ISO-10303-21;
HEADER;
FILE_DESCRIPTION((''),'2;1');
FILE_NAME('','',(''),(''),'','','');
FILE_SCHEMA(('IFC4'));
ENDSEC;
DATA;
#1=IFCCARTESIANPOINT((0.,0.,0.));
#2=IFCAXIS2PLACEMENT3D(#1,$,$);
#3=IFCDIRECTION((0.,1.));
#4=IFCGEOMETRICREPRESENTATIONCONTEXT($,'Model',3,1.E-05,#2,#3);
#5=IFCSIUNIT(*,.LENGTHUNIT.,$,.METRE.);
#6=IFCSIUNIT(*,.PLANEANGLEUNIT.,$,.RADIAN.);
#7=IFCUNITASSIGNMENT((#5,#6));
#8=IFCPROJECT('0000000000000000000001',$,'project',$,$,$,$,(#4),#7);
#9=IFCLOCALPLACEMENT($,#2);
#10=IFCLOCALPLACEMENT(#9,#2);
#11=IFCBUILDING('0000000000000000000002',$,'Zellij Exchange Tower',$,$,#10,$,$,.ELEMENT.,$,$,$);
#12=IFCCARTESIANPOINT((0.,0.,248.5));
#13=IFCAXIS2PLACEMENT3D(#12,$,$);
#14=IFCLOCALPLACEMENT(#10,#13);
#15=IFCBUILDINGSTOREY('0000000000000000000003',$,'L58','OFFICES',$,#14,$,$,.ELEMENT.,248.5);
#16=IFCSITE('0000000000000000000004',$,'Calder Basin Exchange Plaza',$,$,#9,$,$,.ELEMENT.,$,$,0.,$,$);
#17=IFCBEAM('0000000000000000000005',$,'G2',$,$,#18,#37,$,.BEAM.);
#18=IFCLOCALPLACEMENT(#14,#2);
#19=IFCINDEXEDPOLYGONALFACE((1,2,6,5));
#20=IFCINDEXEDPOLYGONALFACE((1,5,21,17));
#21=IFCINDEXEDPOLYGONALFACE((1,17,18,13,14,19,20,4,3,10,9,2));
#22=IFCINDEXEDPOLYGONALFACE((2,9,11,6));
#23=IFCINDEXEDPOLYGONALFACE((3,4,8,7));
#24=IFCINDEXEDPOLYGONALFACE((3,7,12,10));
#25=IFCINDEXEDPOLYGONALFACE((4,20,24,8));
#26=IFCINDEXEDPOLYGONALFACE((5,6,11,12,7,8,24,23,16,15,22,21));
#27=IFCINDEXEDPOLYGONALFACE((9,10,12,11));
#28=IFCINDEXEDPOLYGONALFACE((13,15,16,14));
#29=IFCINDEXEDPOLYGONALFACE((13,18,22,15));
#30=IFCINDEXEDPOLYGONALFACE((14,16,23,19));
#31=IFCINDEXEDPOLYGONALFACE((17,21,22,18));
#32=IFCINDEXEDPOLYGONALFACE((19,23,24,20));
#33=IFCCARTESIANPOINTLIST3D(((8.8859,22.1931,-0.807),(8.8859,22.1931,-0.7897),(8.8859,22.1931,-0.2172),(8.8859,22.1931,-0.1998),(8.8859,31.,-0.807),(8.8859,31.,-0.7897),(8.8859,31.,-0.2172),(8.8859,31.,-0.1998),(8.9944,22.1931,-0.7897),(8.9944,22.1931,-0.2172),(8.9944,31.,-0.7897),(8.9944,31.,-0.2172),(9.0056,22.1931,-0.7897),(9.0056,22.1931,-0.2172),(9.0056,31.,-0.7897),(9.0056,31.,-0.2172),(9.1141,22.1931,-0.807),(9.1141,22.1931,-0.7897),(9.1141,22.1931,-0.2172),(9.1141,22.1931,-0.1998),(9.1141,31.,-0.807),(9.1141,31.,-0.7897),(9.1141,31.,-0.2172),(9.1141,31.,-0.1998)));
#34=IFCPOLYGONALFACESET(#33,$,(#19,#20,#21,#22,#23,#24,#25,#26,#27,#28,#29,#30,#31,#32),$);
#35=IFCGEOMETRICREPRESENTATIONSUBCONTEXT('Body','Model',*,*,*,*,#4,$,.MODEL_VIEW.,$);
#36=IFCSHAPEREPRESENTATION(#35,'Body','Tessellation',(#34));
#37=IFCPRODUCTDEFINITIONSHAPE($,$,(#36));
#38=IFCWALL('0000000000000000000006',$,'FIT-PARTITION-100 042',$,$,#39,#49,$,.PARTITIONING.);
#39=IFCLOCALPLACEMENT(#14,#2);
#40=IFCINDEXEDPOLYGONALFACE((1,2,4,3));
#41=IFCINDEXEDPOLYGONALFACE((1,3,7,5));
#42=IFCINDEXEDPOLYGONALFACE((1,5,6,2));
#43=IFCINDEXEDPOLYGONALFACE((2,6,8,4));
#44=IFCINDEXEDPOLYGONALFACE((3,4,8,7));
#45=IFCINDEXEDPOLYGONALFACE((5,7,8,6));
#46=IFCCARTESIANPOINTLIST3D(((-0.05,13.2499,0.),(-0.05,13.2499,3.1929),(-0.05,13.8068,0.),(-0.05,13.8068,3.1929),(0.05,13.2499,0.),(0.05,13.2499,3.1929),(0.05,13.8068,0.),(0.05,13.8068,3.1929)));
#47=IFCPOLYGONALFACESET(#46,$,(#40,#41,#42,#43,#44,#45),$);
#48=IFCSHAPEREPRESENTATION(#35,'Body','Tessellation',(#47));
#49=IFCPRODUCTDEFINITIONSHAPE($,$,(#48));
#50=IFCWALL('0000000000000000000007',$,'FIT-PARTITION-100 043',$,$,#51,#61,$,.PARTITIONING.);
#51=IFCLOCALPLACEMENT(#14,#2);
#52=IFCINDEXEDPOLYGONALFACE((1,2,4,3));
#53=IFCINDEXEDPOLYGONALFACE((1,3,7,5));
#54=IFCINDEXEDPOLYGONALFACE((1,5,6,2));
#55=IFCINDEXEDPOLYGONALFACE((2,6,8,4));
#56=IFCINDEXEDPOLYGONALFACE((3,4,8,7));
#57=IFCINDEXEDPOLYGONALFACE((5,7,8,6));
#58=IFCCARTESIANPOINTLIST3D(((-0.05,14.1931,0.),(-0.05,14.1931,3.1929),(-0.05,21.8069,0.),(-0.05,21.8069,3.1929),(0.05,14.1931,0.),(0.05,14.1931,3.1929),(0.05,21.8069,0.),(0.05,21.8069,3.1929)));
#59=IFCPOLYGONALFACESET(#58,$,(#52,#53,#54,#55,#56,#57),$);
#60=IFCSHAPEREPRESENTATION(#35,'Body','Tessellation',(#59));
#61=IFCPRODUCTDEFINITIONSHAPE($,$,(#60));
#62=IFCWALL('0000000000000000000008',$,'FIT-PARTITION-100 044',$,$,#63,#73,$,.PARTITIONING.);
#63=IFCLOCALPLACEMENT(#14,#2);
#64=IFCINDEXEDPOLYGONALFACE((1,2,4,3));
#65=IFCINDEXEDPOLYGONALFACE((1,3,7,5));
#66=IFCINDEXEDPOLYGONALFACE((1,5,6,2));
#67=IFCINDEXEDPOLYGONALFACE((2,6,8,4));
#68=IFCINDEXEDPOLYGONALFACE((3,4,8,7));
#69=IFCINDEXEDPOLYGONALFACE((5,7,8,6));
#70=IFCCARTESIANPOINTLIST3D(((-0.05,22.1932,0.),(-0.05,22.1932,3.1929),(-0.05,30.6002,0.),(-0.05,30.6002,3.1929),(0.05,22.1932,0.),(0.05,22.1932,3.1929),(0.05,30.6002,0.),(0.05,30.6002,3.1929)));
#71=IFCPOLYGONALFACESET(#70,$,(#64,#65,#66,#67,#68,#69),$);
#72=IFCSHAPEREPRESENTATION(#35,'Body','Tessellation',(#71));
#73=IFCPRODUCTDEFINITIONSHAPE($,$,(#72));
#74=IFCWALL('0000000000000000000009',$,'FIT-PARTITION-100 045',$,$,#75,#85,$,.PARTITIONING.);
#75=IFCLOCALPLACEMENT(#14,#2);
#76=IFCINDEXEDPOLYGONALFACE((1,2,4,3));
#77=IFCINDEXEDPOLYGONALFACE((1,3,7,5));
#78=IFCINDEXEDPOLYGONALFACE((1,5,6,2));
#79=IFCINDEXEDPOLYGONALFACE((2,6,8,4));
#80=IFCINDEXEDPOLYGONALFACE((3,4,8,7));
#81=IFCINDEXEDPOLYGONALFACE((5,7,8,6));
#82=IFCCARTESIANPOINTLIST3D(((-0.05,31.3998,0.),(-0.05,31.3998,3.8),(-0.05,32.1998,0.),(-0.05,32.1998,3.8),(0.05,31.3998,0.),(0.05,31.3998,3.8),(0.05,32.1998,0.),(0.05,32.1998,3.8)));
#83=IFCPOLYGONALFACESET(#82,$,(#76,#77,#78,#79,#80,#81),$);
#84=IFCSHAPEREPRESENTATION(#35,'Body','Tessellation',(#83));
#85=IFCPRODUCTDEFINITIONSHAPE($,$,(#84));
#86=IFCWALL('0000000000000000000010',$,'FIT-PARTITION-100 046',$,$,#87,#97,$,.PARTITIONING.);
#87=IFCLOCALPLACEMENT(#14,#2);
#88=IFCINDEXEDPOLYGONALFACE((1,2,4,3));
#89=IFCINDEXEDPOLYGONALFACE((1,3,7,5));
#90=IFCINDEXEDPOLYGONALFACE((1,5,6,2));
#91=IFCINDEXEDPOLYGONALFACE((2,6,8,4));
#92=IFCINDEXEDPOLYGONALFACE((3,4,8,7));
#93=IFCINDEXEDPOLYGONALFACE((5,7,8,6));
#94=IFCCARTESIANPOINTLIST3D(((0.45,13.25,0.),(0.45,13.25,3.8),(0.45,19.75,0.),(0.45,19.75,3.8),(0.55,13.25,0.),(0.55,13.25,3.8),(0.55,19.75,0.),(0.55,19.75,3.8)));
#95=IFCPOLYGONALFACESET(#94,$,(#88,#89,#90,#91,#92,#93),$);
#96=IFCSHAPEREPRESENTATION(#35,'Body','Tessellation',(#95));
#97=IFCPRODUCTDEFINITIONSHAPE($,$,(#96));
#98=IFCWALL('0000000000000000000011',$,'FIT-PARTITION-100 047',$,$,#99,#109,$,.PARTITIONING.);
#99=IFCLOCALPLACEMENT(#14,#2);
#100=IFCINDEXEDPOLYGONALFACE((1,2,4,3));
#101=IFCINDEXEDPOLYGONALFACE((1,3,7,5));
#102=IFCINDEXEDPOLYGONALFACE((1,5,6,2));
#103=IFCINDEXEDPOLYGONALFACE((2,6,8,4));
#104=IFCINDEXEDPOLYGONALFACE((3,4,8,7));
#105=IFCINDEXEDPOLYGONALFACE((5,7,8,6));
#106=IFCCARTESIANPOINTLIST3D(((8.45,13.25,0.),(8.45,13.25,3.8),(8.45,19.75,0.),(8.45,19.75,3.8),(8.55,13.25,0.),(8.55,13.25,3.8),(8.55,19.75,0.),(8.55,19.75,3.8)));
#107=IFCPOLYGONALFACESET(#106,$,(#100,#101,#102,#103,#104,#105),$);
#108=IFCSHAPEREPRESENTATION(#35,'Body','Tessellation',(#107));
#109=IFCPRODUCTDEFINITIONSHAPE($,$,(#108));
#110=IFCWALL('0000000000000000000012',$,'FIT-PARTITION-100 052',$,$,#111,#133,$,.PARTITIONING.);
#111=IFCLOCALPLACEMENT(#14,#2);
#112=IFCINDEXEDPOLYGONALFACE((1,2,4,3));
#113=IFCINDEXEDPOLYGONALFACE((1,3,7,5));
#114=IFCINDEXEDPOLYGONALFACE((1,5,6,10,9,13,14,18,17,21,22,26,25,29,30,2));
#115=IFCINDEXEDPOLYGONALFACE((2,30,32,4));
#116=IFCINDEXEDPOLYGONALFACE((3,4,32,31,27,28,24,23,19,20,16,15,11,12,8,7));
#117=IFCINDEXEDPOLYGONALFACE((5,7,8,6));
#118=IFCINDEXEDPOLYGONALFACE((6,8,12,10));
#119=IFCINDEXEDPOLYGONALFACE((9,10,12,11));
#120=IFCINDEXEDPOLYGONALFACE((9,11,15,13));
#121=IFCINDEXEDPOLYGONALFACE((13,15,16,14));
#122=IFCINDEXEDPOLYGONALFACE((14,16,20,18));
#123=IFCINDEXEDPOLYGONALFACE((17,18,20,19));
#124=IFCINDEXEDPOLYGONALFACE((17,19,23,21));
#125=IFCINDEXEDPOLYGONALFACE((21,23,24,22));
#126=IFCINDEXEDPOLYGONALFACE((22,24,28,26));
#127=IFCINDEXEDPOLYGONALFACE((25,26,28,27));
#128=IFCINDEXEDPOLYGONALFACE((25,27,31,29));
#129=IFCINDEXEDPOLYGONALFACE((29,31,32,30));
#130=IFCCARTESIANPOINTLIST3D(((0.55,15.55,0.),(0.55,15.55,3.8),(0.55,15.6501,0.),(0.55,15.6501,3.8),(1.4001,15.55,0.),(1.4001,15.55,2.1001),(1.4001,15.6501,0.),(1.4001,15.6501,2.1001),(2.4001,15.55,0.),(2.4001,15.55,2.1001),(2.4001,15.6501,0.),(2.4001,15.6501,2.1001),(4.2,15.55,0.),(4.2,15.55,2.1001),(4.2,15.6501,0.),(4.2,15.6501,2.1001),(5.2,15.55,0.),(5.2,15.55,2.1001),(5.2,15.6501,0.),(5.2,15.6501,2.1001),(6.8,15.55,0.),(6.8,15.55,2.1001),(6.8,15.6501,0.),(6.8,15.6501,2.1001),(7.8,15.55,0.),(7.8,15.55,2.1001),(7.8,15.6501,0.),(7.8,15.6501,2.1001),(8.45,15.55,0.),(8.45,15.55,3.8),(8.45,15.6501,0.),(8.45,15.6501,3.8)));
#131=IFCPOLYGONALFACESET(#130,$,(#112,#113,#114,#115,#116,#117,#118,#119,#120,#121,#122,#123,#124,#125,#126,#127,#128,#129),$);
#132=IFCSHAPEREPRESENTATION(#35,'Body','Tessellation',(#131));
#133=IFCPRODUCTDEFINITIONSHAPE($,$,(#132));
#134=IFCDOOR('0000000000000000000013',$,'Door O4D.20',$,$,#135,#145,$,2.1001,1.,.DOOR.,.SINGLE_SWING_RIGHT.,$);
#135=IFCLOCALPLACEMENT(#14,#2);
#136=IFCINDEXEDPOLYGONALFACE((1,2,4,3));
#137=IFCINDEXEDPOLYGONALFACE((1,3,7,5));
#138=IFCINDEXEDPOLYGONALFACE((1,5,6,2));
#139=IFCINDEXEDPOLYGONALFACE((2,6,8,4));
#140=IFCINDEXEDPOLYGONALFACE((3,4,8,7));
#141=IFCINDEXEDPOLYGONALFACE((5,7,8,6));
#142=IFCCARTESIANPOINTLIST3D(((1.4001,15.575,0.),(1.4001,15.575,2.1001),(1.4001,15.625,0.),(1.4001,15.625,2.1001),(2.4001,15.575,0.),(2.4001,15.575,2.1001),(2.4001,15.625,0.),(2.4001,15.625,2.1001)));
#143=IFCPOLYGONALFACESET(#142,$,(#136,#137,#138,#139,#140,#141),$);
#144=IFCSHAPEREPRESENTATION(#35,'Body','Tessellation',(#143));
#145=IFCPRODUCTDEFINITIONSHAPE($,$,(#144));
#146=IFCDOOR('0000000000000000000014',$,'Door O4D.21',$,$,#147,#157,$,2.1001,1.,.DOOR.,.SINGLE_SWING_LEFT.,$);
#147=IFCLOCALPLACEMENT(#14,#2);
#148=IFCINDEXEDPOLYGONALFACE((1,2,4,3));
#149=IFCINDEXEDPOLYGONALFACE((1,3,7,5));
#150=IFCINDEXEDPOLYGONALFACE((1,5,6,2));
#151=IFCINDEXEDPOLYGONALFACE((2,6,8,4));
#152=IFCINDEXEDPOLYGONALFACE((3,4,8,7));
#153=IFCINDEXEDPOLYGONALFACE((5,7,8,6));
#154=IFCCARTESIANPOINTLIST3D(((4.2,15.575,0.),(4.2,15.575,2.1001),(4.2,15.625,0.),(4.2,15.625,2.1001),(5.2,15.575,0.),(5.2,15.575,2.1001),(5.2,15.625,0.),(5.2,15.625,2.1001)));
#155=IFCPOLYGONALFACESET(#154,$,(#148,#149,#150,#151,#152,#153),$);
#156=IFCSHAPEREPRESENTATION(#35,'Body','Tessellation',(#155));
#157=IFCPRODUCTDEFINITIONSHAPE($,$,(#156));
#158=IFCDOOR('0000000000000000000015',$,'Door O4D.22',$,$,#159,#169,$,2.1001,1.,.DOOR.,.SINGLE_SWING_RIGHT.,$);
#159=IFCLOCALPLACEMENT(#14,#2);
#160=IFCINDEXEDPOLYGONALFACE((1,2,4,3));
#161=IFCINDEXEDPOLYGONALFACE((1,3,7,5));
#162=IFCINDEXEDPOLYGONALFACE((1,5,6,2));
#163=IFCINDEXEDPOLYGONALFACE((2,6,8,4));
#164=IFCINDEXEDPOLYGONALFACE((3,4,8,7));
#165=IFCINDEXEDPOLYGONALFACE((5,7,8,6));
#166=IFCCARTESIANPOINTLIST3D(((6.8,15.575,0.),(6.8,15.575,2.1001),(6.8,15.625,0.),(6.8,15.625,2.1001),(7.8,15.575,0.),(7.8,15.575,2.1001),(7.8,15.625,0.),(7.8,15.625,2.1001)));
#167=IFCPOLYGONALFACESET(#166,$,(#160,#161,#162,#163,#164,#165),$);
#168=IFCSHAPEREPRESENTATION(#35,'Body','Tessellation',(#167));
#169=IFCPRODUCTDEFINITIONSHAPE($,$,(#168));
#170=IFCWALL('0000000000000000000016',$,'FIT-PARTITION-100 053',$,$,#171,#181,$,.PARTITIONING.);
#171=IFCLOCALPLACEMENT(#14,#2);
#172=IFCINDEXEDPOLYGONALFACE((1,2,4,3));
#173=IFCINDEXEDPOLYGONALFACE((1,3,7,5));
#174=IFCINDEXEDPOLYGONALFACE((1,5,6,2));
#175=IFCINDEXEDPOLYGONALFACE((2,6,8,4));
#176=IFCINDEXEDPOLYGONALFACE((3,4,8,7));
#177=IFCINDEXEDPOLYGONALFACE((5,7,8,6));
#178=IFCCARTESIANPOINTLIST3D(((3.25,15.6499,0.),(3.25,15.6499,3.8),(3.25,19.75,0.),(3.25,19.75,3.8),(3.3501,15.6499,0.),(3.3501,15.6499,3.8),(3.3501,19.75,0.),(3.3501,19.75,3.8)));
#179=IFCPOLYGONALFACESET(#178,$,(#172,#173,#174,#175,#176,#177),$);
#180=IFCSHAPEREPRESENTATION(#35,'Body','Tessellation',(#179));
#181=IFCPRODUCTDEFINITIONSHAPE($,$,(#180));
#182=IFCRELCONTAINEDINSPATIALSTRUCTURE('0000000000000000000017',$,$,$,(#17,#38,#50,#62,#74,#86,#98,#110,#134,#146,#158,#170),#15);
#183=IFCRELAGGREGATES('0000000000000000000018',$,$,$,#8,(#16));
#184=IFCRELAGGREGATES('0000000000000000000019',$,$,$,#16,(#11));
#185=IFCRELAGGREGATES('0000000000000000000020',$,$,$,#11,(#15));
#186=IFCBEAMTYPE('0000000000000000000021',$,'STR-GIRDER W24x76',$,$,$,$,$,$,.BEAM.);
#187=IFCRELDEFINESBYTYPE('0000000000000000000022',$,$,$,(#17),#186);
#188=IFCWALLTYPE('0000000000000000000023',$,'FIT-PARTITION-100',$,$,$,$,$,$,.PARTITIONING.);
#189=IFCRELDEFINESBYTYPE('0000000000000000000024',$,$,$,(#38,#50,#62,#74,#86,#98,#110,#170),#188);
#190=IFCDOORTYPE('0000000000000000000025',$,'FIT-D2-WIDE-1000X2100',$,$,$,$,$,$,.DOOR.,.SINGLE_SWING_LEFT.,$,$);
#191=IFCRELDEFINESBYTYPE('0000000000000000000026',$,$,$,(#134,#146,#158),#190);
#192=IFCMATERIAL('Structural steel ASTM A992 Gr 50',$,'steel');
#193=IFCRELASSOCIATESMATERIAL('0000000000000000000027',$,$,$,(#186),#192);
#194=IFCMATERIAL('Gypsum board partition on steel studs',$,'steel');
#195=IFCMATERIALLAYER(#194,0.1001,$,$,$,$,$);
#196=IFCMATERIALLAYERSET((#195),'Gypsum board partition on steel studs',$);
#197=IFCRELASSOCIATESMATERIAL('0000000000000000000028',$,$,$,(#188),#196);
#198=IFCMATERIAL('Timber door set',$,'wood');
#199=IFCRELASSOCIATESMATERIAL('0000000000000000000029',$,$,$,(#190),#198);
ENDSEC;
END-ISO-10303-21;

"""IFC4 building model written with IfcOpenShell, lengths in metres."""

from ifc_helpers import new_model, si_unit, direction, frame, frame_2d, origin, origin_2d, place, context, subcontext, project, spatial, rectangle, i_section, extrude, material, layer, layer_set, material_profile, profile_set, type_object, element, fill, save


model = new_model("IFC4")

# Units and contexts
model_context = context("Model", 3, precision=1e-05, world=origin(), true_north=direction((0.0, 1.0)))
body_context = subcontext(model_context, "Body", "Model", "MODEL_VIEW")
ifc_project = project(units=[si_unit("LENGTHUNIT", "METRE"), si_unit("PLANEANGLEUNIT", "RADIAN")], contexts=[model_context])

# Site, building, storey
site_placement = place(None, origin())
site = spatial("IfcSite", under=ifc_project, at=site_placement, Name="Calder Basin Exchange Plaza", CompositionType="ELEMENT", RefElevation=0.0)
building_placement = place(site_placement, origin())
building = spatial("IfcBuilding", under=site, at=building_placement, Name="Zellij Exchange Tower", CompositionType="ELEMENT")
storey_placement = place(building_placement, frame((0.0, 0.0, 248.5)))
storey = spatial("IfcBuildingStorey", under=building, at=storey_placement, Name="L58", Description="OFFICES", CompositionType="ELEMENT", Elevation=248.5)

# Shared definitions
ifc_material_1 = material(Name="Structural steel ASTM A992 Gr 50", Category="steel")

# Beam
ifc_material_profile_1 = material_profile(ifc_material_1, i_section(OverallWidth=0.2283, OverallDepth=0.6072, WebThickness=0.0112, FlangeThickness=0.0173, at=origin_2d()), Name="W24x76")
ifc_profile_set_1 = profile_set([ifc_material_profile_1], Name="Structural steel ASTM A992 Gr 50")
beam_type = type_object("IfcBeamType", Name="STR-GIRDER W24x76", PredefinedType="BEAM", material=ifc_profile_set_1)
beam_1_placement = place(storey_placement, frame((9.0, 22.1931, -0.5034), z_axis=(0.0, 1.0, 0.0), x_axis=(-1.0, 0.0, 0.0)))
element("IfcBeam", 1, at=beam_1_placement, inside=storey, type_object=beam_type, Name="G2", PredefinedType="BEAM", context=body_context, shape_type="SweptSolid", body=[
    extrude(i_section(OverallWidth=0.2283, OverallDepth=0.6072, WebThickness=0.0112, FlangeThickness=0.0173, at=origin_2d()), origin(), (0.0, 0.0, 1.0), 8.8069),
])

# Walls
ifc_material_2 = material(Name="Gypsum board partition on steel studs", Category="steel")
ifc_layer = layer(ifc_material_2, 0.1001)
ifc_layer_set = layer_set([ifc_layer], Name="Gypsum board partition on steel studs")
wall_type = type_object("IfcWallType", Name="FIT-PARTITION-100", PredefinedType="PARTITIONING", material=ifc_layer_set)
wall_1_placement = place(storey_placement, frame((0.0, 13.25, 0.0), z_axis=(0.0, 0.0, 1.0), x_axis=(0.0, 1.0, 0.0)))
element("IfcWall", 2, at=wall_1_placement, inside=storey, type_object=wall_type, Name="FIT-PARTITION-100 042", PredefinedType="PARTITIONING", context=body_context, shape_type="SweptSolid", body=[
    extrude(rectangle(XDim=0.5569, YDim=0.1001, at=frame_2d((0.2783, 0.0))), origin(), (0.0, 0.0, 1.0), 3.1929),
])
wall_2_placement = place(storey_placement, frame((0.0, 14.1931, 0.0), z_axis=(0.0, 0.0, 1.0), x_axis=(0.0, 1.0, 0.0)))
element("IfcWall", 3, at=wall_2_placement, inside=storey, type_object=wall_type, Name="FIT-PARTITION-100 043", PredefinedType="PARTITIONING", context=body_context, shape_type="SweptSolid", body=[
    extrude(rectangle(XDim=7.6138, YDim=0.1001, at=frame_2d((3.8069, 0.0))), origin(), (0.0, 0.0, 1.0), 3.1929),
])
wall_3_placement = place(storey_placement, frame((0.0, 22.1931, 0.0), z_axis=(0.0, 0.0, 1.0), x_axis=(0.0, 1.0, 0.0)))
element("IfcWall", 4, at=wall_3_placement, inside=storey, type_object=wall_type, Name="FIT-PARTITION-100 044", PredefinedType="PARTITIONING", context=body_context, shape_type="SweptSolid", body=[
    extrude(rectangle(XDim=8.407, YDim=0.1001, at=frame_2d((4.2036, 0.0))), origin(), (0.0, 0.0, 1.0), 3.1929),
])
wall_4_placement = place(storey_placement, frame((0.0, 31.3999, 0.0), z_axis=(0.0, 0.0, 1.0), x_axis=(0.0, 1.0, 0.0)))
element("IfcWall", 5, at=wall_4_placement, inside=storey, type_object=wall_type, Name="FIT-PARTITION-100 045", PredefinedType="PARTITIONING", context=body_context, shape_type="SweptSolid", body=[
    extrude(rectangle(XDim=0.8, YDim=0.1001, at=frame_2d((0.3999, 0.0))), origin(), (0.0, 0.0, 1.0), 3.8),
])
for number, where, z_axis, x_axis, name in (
    (6, (0.5, 13.25, 0.0), (0.0, 0.0, 1.0), (0.0, 1.0, 0.0), "FIT-PARTITION-100 046"),
    (7, (8.5, 13.25, 0.0), (0.0, 0.0, 1.0), (0.0, 1.0, 0.0), "FIT-PARTITION-100 047"),
):
    element("IfcWall", number, at=place(storey_placement, frame(where, z_axis=z_axis, x_axis=x_axis)), inside=storey, type_object=wall_type, Name=name, PredefinedType="PARTITIONING", context=body_context, shape_type="SweptSolid", body=[
        extrude(rectangle(XDim=6.5, YDim=0.1001, at=frame_2d((3.25, 0.0))), origin(), (0.0, 0.0, 1.0), 3.8),
    ])

# Wall, openings, doors
wall_5_placement = place(storey_placement, frame((0.55, 15.6001, 0.0), z_axis=(0.0, 0.0, 1.0), x_axis=(1.0, 0.0, 0.0)))
wall_5 = element("IfcWall", 8, at=wall_5_placement, inside=storey, type_object=wall_type, Name="FIT-PARTITION-100 052", PredefinedType="PARTITIONING", context=body_context, shape_type="SweptSolid", body=[
    extrude(rectangle(XDim=7.8999, YDim=0.1001, at=frame_2d((3.95, 0.0))), origin(), (0.0, 0.0, 1.0), 3.8),
])
opening_1_placement = place(wall_5_placement, frame((0.8501, 0.0, 0.0)))
opening_1 = element("IfcOpeningElement", 9, at=opening_1_placement, cuts=wall_5, PredefinedType="OPENING", context=body_context, shape_type="SweptSolid", body=[
    extrude(rectangle(XDim=1.0, YDim=2.1001, at=frame_2d((0.5, 1.05))), frame((0.0, 0.062, 0.0), z_axis=(0.0, -1.0, 0.0), x_axis=(1.0, 0.0, 0.0)), (0.0, 0.0, 1.0), 0.124),
])
opening_2_placement = place(wall_5_placement, frame((3.6499, 0.0, 0.0)))
opening_2 = element("IfcOpeningElement", 10, at=opening_2_placement, cuts=wall_5, PredefinedType="OPENING", context=body_context, shape_type="SweptSolid", body=[
    extrude(rectangle(XDim=1.0, YDim=2.1001, at=frame_2d((0.5, 1.05))), frame((0.0, 0.062, 0.0), z_axis=(0.0, -1.0, 0.0), x_axis=(1.0, 0.0, 0.0)), (0.0, 0.0, 1.0), 0.124),
])
opening_3_placement = place(wall_5_placement, frame((6.25, 0.0, 0.0)))
opening_3 = element("IfcOpeningElement", 11, at=opening_3_placement, cuts=wall_5, PredefinedType="OPENING", context=body_context, shape_type="SweptSolid", body=[
    extrude(rectangle(XDim=1.0, YDim=2.1001, at=frame_2d((0.5, 1.05))), frame((0.0, 0.062, 0.0), z_axis=(0.0, -1.0, 0.0), x_axis=(1.0, 0.0, 0.0)), (0.0, 0.0, 1.0), 0.124),
])
ifc_material_3 = material(Name="Timber door set", Category="wood")
door_type = type_object("IfcDoorType", Name="FIT-D2-WIDE-1000X2100", OperationType="SINGLE_SWING_LEFT", PredefinedType="DOOR", material=ifc_material_3)
door_1_placement = place(opening_1_placement, origin())
door_1 = element("IfcDoor", 12, at=door_1_placement, inside=storey, type_object=door_type, Name="Door O4D.20", OperationType="SINGLE_SWING_RIGHT", OverallHeight=2.1001, OverallWidth=1.0, PredefinedType="DOOR", context=body_context, shape_type="SweptSolid", body=[
    extrude(rectangle(XDim=1.0, YDim=2.1001, at=frame_2d((0.5, 1.05))), frame((0.0, 0.0249, 0.0), z_axis=(0.0, -1.0, 0.0), x_axis=(1.0, 0.0, 0.0)), (0.0, 0.0, 1.0), 0.05),
])
fill(opening_1, door_1)
door_2_placement = place(opening_2_placement, origin())
door_2 = element("IfcDoor", 13, at=door_2_placement, inside=storey, type_object=door_type, Name="Door O4D.21", OperationType="SINGLE_SWING_LEFT", OverallHeight=2.1001, OverallWidth=1.0, PredefinedType="DOOR", context=body_context, shape_type="SweptSolid", body=[
    extrude(rectangle(XDim=1.0, YDim=2.1001, at=frame_2d((0.5, 1.05))), frame((0.0, 0.0249, 0.0), z_axis=(0.0, -1.0, 0.0), x_axis=(1.0, 0.0, 0.0)), (0.0, 0.0, 1.0), 0.05),
])
fill(opening_2, door_2)
door_3_placement = place(opening_3_placement, origin())
door_3 = element("IfcDoor", 14, at=door_3_placement, inside=storey, type_object=door_type, Name="Door O4D.22", OperationType="SINGLE_SWING_RIGHT", OverallHeight=2.1001, OverallWidth=1.0, PredefinedType="DOOR", context=body_context, shape_type="SweptSolid", body=[
    extrude(rectangle(XDim=1.0, YDim=2.1001, at=frame_2d((0.5, 1.05))), frame((0.0, 0.0249, 0.0), z_axis=(0.0, -1.0, 0.0), x_axis=(1.0, 0.0, 0.0)), (0.0, 0.0, 1.0), 0.05),
])
fill(opening_3, door_3)

# Wall
for number, where, z_axis, x_axis, name in (
    (15, (3.3, 15.6499, 0.0), (0.0, 0.0, 1.0), (0.0, 1.0, 0.0), "FIT-PARTITION-100 053"),
):
    element("IfcWall", number, at=place(storey_placement, frame(where, z_axis=z_axis, x_axis=x_axis)), inside=storey, type_object=wall_type, Name=name, PredefinedType="PARTITIONING", context=body_context, shape_type="SweptSolid", body=[
        extrude(rectangle(XDim=4.1001, YDim=0.1001, at=frame_2d((2.05, 0.0))), origin(), (0.0, 0.0, 1.0), 3.8),
    ])

save(model, "model.ifc")
